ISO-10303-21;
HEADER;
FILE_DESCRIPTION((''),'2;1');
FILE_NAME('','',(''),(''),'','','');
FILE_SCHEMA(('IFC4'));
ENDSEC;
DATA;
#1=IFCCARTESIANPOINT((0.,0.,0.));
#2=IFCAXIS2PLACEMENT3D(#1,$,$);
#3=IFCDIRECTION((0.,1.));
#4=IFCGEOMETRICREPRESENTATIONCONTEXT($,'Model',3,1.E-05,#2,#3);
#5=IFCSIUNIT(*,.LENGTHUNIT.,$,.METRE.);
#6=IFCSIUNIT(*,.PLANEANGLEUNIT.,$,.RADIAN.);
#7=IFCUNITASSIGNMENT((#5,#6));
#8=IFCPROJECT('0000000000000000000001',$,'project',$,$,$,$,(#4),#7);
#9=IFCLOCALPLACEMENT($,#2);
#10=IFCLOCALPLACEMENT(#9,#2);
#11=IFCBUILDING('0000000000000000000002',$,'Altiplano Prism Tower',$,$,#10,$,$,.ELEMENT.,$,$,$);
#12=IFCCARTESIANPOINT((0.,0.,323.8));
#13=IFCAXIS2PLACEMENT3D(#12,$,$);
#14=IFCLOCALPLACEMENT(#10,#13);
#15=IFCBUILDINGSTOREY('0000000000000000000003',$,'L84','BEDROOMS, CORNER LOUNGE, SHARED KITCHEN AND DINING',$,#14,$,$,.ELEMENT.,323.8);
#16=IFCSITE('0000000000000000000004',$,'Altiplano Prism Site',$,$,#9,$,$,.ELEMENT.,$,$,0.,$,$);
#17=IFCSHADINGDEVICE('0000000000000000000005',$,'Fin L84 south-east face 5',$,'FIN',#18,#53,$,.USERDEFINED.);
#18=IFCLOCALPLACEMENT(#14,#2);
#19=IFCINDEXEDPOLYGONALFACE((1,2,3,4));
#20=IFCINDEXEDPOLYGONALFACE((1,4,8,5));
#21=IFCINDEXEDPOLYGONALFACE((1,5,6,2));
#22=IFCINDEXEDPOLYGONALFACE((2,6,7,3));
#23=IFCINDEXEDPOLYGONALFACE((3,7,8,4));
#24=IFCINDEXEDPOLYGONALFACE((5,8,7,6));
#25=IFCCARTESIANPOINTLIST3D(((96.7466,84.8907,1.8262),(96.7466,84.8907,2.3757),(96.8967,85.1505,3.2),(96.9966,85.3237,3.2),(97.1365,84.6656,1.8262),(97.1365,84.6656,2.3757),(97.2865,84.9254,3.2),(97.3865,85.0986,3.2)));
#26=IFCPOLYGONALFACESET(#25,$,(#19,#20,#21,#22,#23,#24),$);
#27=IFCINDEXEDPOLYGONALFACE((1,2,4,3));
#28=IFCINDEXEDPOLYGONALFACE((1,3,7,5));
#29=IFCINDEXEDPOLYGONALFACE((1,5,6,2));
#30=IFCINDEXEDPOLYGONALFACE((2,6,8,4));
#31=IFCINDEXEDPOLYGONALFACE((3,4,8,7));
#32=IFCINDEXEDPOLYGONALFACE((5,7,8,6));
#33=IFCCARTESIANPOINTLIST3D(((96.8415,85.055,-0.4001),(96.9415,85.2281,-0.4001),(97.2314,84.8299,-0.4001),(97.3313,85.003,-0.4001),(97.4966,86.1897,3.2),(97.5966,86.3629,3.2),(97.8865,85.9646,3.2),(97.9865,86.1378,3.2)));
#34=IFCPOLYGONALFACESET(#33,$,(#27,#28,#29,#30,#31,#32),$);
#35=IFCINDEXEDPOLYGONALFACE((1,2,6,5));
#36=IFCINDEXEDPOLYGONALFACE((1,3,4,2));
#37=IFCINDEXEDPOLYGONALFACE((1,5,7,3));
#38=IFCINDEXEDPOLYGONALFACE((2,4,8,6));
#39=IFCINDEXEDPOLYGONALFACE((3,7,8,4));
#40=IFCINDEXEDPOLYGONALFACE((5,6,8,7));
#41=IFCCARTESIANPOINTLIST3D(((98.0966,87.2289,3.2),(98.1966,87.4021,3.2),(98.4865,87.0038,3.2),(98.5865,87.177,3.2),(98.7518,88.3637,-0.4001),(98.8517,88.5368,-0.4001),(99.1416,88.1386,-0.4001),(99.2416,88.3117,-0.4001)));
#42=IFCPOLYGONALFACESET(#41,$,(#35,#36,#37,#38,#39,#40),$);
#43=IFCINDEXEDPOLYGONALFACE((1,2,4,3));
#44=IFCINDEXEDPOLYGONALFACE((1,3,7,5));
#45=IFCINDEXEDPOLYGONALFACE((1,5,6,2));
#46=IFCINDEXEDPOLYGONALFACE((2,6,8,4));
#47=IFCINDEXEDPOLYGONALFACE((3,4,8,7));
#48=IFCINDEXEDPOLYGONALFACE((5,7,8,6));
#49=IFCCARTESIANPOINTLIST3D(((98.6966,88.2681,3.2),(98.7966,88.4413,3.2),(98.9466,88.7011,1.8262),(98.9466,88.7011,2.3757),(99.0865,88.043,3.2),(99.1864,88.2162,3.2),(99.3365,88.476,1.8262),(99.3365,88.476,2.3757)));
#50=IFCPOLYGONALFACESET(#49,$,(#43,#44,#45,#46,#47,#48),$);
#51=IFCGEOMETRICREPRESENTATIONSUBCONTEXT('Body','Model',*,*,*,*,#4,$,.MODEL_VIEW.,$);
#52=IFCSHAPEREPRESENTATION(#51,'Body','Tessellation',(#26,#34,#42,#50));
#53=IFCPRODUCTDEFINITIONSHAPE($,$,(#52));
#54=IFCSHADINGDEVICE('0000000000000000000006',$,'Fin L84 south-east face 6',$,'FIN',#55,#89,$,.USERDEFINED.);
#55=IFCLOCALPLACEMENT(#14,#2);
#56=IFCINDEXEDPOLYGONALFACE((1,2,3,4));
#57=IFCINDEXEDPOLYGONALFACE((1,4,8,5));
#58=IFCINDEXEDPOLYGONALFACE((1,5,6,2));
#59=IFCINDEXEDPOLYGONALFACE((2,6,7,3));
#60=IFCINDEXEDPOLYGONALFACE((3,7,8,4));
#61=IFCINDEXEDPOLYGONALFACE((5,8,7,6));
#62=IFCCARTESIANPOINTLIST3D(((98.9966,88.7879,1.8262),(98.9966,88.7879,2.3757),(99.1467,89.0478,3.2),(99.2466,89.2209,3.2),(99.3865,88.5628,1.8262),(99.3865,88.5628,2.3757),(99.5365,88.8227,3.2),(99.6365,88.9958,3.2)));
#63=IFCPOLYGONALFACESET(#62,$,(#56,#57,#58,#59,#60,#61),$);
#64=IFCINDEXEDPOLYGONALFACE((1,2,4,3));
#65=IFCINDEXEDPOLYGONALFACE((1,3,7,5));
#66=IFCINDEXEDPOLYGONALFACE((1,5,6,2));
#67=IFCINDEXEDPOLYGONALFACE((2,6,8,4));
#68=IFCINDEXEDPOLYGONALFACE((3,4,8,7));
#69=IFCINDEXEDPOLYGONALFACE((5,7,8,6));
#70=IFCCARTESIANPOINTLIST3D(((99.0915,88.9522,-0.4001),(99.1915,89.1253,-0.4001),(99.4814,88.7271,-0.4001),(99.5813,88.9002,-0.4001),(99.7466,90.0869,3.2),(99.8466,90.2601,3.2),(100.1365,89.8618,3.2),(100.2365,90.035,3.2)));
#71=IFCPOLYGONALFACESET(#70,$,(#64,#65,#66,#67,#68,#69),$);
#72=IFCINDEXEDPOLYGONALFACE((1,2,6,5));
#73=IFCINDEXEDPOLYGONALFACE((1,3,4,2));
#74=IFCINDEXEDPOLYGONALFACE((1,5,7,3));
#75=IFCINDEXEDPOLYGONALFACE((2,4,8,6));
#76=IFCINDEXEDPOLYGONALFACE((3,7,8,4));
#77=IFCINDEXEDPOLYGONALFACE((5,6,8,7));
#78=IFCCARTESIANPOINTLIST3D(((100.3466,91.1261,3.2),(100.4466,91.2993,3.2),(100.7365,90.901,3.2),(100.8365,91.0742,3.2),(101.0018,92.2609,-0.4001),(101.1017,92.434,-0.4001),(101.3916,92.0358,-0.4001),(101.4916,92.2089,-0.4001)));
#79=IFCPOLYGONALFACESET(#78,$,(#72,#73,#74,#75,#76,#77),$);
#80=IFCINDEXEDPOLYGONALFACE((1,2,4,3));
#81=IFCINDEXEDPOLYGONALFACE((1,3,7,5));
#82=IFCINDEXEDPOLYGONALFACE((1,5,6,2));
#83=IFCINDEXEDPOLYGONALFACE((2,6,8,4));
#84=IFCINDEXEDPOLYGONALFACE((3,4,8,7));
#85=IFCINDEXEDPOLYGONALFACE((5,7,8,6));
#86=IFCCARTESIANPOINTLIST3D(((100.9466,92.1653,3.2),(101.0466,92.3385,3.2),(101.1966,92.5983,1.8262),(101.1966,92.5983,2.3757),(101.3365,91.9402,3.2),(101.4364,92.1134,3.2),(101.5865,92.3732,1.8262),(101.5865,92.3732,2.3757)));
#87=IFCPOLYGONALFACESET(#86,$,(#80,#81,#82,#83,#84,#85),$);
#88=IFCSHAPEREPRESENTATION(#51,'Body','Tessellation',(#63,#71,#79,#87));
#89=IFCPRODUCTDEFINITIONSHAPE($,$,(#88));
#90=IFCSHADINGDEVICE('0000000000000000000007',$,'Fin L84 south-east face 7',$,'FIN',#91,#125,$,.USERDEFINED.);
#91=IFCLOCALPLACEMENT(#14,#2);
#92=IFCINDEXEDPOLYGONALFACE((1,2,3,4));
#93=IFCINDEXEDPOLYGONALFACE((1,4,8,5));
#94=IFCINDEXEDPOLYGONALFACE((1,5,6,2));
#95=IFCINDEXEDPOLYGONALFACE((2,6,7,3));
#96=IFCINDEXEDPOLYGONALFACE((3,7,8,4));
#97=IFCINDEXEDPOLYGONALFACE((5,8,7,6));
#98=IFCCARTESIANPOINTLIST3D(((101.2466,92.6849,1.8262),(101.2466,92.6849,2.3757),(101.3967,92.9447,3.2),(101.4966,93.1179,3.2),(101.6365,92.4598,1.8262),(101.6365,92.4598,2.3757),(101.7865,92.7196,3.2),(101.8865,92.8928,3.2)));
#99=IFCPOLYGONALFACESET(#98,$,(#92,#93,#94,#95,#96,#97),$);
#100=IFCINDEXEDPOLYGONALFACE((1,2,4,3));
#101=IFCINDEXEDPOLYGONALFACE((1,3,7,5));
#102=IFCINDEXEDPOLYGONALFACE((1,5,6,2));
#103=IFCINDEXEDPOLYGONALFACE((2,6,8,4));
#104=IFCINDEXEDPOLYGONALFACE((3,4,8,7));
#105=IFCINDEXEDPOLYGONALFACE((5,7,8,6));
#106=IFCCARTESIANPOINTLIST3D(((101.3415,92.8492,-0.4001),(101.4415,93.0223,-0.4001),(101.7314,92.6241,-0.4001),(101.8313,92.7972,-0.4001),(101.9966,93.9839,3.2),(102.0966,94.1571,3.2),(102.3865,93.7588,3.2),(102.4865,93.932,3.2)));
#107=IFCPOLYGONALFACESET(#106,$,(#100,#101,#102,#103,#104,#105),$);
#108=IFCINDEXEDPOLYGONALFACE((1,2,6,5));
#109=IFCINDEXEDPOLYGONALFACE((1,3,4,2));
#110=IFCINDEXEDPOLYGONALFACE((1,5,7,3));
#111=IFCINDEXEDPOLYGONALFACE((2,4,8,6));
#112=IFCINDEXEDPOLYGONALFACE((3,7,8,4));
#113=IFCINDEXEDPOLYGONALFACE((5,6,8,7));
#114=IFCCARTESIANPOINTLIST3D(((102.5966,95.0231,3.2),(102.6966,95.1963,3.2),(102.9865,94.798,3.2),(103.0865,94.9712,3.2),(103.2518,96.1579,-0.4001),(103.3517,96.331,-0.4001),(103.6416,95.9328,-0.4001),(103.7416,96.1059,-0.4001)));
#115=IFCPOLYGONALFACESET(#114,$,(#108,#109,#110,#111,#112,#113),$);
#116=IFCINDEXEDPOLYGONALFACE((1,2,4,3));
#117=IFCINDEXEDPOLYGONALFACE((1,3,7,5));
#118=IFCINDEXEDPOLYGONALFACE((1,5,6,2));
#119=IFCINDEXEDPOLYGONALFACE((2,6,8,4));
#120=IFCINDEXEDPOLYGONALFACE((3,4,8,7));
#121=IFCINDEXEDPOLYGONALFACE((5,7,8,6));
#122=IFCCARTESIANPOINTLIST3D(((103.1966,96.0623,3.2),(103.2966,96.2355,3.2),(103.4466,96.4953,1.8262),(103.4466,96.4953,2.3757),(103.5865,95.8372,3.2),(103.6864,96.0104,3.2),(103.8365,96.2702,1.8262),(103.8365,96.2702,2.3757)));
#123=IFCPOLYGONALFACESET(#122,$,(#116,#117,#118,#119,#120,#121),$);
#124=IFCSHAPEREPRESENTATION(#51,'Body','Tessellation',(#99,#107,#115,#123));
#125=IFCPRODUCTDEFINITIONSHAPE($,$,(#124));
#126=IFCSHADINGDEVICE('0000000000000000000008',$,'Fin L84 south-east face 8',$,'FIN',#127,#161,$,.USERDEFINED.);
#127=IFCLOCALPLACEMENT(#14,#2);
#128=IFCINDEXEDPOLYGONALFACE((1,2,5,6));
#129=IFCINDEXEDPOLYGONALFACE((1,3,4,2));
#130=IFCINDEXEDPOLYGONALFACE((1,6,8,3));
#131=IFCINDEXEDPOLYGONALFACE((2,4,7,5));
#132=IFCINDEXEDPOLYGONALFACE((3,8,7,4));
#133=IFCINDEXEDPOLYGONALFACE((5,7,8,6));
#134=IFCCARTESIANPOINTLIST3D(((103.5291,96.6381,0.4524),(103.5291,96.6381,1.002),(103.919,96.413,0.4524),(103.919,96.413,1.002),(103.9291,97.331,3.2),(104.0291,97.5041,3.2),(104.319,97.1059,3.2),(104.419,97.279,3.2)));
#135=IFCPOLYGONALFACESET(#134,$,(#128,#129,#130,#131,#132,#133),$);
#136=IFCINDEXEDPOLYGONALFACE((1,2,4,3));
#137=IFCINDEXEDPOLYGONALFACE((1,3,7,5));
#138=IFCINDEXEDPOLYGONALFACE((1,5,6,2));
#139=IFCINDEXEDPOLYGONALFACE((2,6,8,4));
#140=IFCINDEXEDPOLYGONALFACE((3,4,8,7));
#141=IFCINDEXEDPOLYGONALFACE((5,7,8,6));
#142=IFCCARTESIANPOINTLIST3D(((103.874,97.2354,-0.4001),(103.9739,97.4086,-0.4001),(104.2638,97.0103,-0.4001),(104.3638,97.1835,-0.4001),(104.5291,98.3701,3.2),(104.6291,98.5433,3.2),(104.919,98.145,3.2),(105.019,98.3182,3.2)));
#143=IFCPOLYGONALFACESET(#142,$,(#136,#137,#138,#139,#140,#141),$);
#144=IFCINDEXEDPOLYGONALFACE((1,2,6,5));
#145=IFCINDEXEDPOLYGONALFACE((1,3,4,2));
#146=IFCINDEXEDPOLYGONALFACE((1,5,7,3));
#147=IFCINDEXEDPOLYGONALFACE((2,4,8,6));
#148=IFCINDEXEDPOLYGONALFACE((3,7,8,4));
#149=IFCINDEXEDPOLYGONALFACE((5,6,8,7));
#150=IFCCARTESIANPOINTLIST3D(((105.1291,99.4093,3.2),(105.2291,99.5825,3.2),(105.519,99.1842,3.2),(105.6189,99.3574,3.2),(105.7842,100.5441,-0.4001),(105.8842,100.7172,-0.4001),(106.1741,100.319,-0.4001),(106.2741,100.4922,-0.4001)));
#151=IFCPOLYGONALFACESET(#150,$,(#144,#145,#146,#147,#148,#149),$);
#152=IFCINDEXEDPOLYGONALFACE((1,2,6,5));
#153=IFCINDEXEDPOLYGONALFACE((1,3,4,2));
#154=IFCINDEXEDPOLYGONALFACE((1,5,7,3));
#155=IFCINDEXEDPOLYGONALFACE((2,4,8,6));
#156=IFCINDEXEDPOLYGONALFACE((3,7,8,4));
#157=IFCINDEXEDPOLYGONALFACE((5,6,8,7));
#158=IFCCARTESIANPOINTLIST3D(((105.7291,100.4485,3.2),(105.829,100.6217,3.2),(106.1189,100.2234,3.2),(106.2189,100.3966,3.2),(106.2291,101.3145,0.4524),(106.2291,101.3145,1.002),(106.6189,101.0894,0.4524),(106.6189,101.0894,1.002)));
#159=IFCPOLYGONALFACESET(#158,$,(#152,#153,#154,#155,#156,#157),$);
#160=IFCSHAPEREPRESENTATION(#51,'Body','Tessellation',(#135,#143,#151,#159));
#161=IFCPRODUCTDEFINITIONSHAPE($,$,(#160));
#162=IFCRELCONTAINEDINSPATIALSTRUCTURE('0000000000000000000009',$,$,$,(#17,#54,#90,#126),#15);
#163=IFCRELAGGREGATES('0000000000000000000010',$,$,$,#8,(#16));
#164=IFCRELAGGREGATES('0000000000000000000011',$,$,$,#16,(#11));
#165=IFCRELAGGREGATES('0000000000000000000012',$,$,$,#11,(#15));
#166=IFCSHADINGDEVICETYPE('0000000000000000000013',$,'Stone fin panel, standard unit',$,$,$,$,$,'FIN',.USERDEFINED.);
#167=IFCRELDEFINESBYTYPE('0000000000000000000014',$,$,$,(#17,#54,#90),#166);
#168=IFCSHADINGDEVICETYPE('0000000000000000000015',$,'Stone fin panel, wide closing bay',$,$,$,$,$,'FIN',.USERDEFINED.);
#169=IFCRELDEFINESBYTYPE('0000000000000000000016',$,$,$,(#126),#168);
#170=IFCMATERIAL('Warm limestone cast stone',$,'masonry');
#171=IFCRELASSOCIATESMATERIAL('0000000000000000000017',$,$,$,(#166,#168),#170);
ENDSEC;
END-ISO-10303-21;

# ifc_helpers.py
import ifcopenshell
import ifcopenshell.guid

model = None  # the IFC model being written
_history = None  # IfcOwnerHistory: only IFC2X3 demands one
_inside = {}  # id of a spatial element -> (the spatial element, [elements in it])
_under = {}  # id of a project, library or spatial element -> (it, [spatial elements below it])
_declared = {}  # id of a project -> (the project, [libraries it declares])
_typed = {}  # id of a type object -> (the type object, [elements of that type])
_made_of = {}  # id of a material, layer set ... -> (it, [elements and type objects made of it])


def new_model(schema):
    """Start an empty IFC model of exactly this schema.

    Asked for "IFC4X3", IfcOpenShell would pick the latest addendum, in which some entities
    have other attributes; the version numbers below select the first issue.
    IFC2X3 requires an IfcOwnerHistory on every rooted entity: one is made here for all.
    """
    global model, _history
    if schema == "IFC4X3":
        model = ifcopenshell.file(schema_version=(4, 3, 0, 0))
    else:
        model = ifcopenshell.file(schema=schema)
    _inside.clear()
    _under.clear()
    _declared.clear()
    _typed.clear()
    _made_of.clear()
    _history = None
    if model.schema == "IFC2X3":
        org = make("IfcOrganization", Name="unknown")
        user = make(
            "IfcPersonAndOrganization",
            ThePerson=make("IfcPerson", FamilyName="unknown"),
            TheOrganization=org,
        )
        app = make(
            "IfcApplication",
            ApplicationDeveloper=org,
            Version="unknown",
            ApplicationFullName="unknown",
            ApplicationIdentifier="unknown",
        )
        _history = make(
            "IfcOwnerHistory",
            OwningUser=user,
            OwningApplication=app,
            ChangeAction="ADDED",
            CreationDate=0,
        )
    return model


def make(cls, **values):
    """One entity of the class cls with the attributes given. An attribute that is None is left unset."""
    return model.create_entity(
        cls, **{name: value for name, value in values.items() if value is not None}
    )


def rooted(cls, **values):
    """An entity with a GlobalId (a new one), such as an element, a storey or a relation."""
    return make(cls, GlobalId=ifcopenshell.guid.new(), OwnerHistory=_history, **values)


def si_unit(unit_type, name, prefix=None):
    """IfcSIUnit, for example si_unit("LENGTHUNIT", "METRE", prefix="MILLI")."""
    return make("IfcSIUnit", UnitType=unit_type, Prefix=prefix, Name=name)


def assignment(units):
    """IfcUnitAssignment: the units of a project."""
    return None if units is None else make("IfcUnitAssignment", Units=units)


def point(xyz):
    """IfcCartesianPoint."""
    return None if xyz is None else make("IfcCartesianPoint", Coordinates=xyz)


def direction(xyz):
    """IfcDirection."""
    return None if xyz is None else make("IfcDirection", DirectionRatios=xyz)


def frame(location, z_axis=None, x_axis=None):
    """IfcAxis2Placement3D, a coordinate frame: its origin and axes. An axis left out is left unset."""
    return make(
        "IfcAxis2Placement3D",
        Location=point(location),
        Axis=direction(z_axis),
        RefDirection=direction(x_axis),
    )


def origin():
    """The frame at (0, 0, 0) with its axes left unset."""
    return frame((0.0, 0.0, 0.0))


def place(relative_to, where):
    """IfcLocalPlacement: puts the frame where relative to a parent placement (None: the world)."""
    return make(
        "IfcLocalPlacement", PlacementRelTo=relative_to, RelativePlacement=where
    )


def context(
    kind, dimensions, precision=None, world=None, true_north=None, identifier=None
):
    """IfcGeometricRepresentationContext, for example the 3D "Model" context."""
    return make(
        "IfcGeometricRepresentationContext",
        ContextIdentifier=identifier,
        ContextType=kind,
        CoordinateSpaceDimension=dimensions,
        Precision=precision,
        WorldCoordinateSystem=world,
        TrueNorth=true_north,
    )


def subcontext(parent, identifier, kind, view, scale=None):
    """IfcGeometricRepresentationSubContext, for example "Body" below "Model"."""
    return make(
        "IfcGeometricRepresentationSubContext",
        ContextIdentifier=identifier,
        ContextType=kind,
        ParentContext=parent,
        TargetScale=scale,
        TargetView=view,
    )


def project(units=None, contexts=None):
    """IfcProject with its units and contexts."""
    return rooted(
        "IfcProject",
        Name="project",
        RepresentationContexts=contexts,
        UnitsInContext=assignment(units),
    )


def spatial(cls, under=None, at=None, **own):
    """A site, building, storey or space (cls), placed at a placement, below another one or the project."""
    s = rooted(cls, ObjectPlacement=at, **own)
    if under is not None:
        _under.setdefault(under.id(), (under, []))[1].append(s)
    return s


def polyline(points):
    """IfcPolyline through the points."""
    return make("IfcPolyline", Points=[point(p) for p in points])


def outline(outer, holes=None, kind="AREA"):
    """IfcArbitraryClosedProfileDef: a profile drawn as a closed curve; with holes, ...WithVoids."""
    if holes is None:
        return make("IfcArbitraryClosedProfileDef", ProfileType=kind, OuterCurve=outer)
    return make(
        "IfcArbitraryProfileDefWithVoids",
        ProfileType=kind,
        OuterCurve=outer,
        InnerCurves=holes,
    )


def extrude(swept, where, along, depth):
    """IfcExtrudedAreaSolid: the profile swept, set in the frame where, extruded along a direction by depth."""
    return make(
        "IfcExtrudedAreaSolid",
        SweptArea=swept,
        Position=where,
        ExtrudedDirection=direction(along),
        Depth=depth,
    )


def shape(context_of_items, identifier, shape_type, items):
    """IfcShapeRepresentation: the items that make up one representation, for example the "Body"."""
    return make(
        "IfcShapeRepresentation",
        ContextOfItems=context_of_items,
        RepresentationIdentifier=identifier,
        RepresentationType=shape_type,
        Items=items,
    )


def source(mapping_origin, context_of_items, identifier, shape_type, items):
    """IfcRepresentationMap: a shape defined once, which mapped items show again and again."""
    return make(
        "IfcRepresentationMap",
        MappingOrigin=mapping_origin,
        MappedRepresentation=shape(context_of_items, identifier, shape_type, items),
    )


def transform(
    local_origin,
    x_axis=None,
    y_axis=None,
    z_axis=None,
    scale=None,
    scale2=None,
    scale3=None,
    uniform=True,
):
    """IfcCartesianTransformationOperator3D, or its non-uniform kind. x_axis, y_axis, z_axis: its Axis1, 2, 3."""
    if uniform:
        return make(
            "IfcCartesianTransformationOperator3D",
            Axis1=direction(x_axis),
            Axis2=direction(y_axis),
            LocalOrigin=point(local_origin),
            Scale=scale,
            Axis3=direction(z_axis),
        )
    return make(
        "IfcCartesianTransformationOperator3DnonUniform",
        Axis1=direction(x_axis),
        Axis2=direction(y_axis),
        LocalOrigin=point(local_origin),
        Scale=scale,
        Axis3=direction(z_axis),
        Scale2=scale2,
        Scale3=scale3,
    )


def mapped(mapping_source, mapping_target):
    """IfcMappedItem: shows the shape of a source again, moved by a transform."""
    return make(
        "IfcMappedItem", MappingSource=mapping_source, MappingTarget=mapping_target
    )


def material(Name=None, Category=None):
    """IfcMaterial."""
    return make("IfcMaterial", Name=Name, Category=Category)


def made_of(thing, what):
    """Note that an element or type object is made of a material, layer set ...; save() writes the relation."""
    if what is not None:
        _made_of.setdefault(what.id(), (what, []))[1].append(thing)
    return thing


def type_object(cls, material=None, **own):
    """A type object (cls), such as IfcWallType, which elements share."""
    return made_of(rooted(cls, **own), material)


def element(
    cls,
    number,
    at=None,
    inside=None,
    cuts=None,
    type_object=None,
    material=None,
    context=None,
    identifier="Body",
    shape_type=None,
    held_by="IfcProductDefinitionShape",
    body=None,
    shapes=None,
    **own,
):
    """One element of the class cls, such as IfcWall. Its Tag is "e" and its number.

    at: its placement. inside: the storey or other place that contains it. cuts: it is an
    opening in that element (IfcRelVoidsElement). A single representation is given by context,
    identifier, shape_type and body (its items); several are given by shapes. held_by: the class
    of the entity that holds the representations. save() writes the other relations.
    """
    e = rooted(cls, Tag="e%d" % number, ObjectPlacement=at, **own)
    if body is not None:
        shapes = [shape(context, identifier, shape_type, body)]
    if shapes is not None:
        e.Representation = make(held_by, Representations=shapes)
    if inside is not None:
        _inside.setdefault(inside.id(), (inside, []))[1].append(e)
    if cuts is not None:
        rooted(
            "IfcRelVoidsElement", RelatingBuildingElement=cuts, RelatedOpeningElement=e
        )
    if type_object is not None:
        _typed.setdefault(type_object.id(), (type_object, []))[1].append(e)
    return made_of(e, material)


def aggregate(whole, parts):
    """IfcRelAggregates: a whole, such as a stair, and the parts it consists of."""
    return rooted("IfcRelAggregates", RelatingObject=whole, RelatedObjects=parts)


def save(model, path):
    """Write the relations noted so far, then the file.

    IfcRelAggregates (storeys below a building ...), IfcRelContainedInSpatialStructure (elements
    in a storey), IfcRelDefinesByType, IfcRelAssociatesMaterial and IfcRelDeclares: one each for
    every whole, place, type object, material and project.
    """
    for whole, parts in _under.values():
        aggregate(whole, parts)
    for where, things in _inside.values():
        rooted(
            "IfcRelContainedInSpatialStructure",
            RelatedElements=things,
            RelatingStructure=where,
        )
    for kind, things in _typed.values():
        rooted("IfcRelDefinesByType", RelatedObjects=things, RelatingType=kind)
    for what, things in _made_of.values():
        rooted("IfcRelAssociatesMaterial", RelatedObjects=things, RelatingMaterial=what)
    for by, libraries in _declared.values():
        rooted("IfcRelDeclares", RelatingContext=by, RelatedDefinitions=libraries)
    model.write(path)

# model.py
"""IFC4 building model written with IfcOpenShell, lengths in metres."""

from ifc_helpers import new_model, si_unit, direction, frame, origin, place, context, subcontext, project, spatial, polyline, outline, extrude, source, transform, mapped, material, type_object, element, save


model = new_model("IFC4")

# Units and contexts
model_context = context("Model", 3, precision=1e-05, world=origin(), true_north=direction((0.0, 1.0)))
body_context = subcontext(model_context, "Body", "Model", "MODEL_VIEW")
ifc_project = project(units=[si_unit("LENGTHUNIT", "METRE"), si_unit("PLANEANGLEUNIT", "RADIAN")], contexts=[model_context])

# Site, building, storey
site_placement = place(None, origin())
site = spatial("IfcSite", under=ifc_project, at=site_placement, Name="Altiplano Prism Site", CompositionType="ELEMENT", RefElevation=0.0)
building_placement = place(site_placement, origin())
building = spatial("IfcBuilding", under=site, at=building_placement, Name="Altiplano Prism Tower", CompositionType="ELEMENT")
storey_placement = place(building_placement, frame((0.0, 0.0, 323.8)))
storey = spatial("IfcBuildingStorey", under=building, at=storey_placement, Name="L84", Description="BEDROOMS, CORNER LOUNGE, SHARED KITCHEN AND DINING", CompositionType="ELEMENT", Elevation=323.8)

# Shading devices
ifc_material_1 = material(Name="Warm limestone cast stone", Category="masonry")
shading_device_type_1 = type_object("IfcShadingDeviceType", Name="Stone fin panel, standard unit", ElementType="FIN", PredefinedType="USERDEFINED", material=ifc_material_1)
shared_shape_1 = source(origin(), body_context, "Body", "SweptSolid", [
    extrude(outline(polyline([(-2.2, 2.2263), (-1.7, 3.6001), (-1.8999, 3.6001), (-2.2, 2.7759), (-2.2, 2.2263)])), frame((0.0, -0.1499, 0.0), z_axis=(0.0, -1.0, 0.0), x_axis=(1.0, 0.0, 0.0)), (0.0, 0.0, 1.0), 0.4502),
    extrude(outline(polyline([(-2.0103, 0.0), (-1.8103, 0.0), (-0.5, 3.6001), (-0.7, 3.6001), (-2.0103, 0.0)])), frame((0.0, -0.1499, 0.0), z_axis=(0.0, -1.0, 0.0), x_axis=(1.0, 0.0, 0.0)), (0.0, 0.0, 1.0), 0.4502),
    extrude(outline(polyline([(1.8103, 0.0), (2.0103, 0.0), (0.7, 3.6001), (0.5, 3.6001), (1.8103, 0.0)])), frame((0.0, -0.1499, 0.0), z_axis=(0.0, -1.0, 0.0), x_axis=(1.0, 0.0, 0.0)), (0.0, 0.0, 1.0), 0.4502),
    extrude(outline(polyline([(2.2, 2.7759), (1.8999, 3.6001), (1.7, 3.6001), (2.2, 2.2263), (2.2, 2.7759)])), frame((0.0, -0.1499, 0.0), z_axis=(0.0, -1.0, 0.0), x_axis=(1.0, 0.0, 0.0)), (0.0, 0.0, 1.0), 0.4502),
])
shading_device_1_placement = place(storey_placement, origin())
element("IfcShadingDevice", 1, at=shading_device_1_placement, inside=storey, type_object=shading_device_type_1, Name="Fin L84 south-east face 5", ObjectType="FIN", PredefinedType="USERDEFINED", context=body_context, shape_type="MappedRepresentation", body=[
    mapped(shared_shape_1, transform((97.7168, 86.8708, -0.4001), x_axis=(0.5, 0.866025, 0.0), y_axis=(-0.866025, 0.5, 0.0), z_axis=(0.0, 0.0, 1.0))),
])
shading_device_2_placement = place(storey_placement, origin())
element("IfcShadingDevice", 2, at=shading_device_2_placement, inside=storey, type_object=shading_device_type_1, Name="Fin L84 south-east face 6", ObjectType="FIN", PredefinedType="USERDEFINED", context=body_context, shape_type="MappedRepresentation", body=[
    mapped(shared_shape_1, transform((99.9668, 90.7681, -0.4001), x_axis=(0.5, 0.866025, 0.0), y_axis=(-0.866025, 0.5, 0.0), z_axis=(0.0, 0.0, 1.0))),
])
shading_device_3_placement = place(storey_placement, origin())
element("IfcShadingDevice", 3, at=shading_device_3_placement, inside=storey, type_object=shading_device_type_1, Name="Fin L84 south-east face 7", ObjectType="FIN", PredefinedType="USERDEFINED", context=body_context, shape_type="MappedRepresentation", body=[
    mapped(shared_shape_1, transform((102.2168, 94.665, -0.4001), x_axis=(0.5, 0.866025, 0.0), y_axis=(-0.866025, 0.5, 0.0), z_axis=(0.0, 0.0, 1.0))),
])
shading_device_type_2 = type_object("IfcShadingDeviceType", Name="Stone fin panel, wide closing bay", ElementType="FIN", PredefinedType="USERDEFINED", material=ifc_material_1)
shared_shape_2 = source(origin(), body_context, "Body", "SweptSolid", [
    extrude(outline(polyline([(-2.7, 0.8525), (-1.7, 3.6001), (-1.8999, 3.6001), (-2.7, 1.4021), (-2.7, 0.8525)])), frame((0.0, -0.1499, 0.0), z_axis=(0.0, -1.0, 0.0), x_axis=(1.0, 0.0, 0.0)), (0.0, 0.0, 1.0), 0.4502),
    extrude(outline(polyline([(-2.0103, 0.0), (-1.8103, 0.0), (-0.5, 3.6001), (-0.7, 3.6001), (-2.0103, 0.0)])), frame((0.0, -0.1499, 0.0), z_axis=(0.0, -1.0, 0.0), x_axis=(1.0, 0.0, 0.0)), (0.0, 0.0, 1.0), 0.4502),
    extrude(outline(polyline([(1.8103, 0.0), (2.0103, 0.0), (0.7, 3.6001), (0.5, 3.6001), (1.8103, 0.0)])), frame((0.0, -0.1499, 0.0), z_axis=(0.0, -1.0, 0.0), x_axis=(1.0, 0.0, 0.0)), (0.0, 0.0, 1.0), 0.4502),
    extrude(outline(polyline([(2.7, 1.4021), (1.8999, 3.6001), (1.7, 3.6001), (2.7, 0.8525), (2.7, 1.4021)])), frame((0.0, -0.1499, 0.0), z_axis=(0.0, -1.0, 0.0), x_axis=(1.0, 0.0, 0.0)), (0.0, 0.0, 1.0), 0.4502),
])
shading_device_4_placement = place(storey_placement, origin())
element("IfcShadingDevice", 4, at=shading_device_4_placement, inside=storey, type_object=shading_device_type_2, Name="Fin L84 south-east face 8", ObjectType="FIN", PredefinedType="USERDEFINED", context=body_context, shape_type="MappedRepresentation", body=[
    mapped(shared_shape_2, transform((104.7493, 99.0513, -0.4001), x_axis=(0.5, 0.866025, 0.0), y_axis=(-0.866025, 0.5, 0.0), z_axis=(0.0, 0.0, 1.0))),
])

save(model, "model.ifc")
